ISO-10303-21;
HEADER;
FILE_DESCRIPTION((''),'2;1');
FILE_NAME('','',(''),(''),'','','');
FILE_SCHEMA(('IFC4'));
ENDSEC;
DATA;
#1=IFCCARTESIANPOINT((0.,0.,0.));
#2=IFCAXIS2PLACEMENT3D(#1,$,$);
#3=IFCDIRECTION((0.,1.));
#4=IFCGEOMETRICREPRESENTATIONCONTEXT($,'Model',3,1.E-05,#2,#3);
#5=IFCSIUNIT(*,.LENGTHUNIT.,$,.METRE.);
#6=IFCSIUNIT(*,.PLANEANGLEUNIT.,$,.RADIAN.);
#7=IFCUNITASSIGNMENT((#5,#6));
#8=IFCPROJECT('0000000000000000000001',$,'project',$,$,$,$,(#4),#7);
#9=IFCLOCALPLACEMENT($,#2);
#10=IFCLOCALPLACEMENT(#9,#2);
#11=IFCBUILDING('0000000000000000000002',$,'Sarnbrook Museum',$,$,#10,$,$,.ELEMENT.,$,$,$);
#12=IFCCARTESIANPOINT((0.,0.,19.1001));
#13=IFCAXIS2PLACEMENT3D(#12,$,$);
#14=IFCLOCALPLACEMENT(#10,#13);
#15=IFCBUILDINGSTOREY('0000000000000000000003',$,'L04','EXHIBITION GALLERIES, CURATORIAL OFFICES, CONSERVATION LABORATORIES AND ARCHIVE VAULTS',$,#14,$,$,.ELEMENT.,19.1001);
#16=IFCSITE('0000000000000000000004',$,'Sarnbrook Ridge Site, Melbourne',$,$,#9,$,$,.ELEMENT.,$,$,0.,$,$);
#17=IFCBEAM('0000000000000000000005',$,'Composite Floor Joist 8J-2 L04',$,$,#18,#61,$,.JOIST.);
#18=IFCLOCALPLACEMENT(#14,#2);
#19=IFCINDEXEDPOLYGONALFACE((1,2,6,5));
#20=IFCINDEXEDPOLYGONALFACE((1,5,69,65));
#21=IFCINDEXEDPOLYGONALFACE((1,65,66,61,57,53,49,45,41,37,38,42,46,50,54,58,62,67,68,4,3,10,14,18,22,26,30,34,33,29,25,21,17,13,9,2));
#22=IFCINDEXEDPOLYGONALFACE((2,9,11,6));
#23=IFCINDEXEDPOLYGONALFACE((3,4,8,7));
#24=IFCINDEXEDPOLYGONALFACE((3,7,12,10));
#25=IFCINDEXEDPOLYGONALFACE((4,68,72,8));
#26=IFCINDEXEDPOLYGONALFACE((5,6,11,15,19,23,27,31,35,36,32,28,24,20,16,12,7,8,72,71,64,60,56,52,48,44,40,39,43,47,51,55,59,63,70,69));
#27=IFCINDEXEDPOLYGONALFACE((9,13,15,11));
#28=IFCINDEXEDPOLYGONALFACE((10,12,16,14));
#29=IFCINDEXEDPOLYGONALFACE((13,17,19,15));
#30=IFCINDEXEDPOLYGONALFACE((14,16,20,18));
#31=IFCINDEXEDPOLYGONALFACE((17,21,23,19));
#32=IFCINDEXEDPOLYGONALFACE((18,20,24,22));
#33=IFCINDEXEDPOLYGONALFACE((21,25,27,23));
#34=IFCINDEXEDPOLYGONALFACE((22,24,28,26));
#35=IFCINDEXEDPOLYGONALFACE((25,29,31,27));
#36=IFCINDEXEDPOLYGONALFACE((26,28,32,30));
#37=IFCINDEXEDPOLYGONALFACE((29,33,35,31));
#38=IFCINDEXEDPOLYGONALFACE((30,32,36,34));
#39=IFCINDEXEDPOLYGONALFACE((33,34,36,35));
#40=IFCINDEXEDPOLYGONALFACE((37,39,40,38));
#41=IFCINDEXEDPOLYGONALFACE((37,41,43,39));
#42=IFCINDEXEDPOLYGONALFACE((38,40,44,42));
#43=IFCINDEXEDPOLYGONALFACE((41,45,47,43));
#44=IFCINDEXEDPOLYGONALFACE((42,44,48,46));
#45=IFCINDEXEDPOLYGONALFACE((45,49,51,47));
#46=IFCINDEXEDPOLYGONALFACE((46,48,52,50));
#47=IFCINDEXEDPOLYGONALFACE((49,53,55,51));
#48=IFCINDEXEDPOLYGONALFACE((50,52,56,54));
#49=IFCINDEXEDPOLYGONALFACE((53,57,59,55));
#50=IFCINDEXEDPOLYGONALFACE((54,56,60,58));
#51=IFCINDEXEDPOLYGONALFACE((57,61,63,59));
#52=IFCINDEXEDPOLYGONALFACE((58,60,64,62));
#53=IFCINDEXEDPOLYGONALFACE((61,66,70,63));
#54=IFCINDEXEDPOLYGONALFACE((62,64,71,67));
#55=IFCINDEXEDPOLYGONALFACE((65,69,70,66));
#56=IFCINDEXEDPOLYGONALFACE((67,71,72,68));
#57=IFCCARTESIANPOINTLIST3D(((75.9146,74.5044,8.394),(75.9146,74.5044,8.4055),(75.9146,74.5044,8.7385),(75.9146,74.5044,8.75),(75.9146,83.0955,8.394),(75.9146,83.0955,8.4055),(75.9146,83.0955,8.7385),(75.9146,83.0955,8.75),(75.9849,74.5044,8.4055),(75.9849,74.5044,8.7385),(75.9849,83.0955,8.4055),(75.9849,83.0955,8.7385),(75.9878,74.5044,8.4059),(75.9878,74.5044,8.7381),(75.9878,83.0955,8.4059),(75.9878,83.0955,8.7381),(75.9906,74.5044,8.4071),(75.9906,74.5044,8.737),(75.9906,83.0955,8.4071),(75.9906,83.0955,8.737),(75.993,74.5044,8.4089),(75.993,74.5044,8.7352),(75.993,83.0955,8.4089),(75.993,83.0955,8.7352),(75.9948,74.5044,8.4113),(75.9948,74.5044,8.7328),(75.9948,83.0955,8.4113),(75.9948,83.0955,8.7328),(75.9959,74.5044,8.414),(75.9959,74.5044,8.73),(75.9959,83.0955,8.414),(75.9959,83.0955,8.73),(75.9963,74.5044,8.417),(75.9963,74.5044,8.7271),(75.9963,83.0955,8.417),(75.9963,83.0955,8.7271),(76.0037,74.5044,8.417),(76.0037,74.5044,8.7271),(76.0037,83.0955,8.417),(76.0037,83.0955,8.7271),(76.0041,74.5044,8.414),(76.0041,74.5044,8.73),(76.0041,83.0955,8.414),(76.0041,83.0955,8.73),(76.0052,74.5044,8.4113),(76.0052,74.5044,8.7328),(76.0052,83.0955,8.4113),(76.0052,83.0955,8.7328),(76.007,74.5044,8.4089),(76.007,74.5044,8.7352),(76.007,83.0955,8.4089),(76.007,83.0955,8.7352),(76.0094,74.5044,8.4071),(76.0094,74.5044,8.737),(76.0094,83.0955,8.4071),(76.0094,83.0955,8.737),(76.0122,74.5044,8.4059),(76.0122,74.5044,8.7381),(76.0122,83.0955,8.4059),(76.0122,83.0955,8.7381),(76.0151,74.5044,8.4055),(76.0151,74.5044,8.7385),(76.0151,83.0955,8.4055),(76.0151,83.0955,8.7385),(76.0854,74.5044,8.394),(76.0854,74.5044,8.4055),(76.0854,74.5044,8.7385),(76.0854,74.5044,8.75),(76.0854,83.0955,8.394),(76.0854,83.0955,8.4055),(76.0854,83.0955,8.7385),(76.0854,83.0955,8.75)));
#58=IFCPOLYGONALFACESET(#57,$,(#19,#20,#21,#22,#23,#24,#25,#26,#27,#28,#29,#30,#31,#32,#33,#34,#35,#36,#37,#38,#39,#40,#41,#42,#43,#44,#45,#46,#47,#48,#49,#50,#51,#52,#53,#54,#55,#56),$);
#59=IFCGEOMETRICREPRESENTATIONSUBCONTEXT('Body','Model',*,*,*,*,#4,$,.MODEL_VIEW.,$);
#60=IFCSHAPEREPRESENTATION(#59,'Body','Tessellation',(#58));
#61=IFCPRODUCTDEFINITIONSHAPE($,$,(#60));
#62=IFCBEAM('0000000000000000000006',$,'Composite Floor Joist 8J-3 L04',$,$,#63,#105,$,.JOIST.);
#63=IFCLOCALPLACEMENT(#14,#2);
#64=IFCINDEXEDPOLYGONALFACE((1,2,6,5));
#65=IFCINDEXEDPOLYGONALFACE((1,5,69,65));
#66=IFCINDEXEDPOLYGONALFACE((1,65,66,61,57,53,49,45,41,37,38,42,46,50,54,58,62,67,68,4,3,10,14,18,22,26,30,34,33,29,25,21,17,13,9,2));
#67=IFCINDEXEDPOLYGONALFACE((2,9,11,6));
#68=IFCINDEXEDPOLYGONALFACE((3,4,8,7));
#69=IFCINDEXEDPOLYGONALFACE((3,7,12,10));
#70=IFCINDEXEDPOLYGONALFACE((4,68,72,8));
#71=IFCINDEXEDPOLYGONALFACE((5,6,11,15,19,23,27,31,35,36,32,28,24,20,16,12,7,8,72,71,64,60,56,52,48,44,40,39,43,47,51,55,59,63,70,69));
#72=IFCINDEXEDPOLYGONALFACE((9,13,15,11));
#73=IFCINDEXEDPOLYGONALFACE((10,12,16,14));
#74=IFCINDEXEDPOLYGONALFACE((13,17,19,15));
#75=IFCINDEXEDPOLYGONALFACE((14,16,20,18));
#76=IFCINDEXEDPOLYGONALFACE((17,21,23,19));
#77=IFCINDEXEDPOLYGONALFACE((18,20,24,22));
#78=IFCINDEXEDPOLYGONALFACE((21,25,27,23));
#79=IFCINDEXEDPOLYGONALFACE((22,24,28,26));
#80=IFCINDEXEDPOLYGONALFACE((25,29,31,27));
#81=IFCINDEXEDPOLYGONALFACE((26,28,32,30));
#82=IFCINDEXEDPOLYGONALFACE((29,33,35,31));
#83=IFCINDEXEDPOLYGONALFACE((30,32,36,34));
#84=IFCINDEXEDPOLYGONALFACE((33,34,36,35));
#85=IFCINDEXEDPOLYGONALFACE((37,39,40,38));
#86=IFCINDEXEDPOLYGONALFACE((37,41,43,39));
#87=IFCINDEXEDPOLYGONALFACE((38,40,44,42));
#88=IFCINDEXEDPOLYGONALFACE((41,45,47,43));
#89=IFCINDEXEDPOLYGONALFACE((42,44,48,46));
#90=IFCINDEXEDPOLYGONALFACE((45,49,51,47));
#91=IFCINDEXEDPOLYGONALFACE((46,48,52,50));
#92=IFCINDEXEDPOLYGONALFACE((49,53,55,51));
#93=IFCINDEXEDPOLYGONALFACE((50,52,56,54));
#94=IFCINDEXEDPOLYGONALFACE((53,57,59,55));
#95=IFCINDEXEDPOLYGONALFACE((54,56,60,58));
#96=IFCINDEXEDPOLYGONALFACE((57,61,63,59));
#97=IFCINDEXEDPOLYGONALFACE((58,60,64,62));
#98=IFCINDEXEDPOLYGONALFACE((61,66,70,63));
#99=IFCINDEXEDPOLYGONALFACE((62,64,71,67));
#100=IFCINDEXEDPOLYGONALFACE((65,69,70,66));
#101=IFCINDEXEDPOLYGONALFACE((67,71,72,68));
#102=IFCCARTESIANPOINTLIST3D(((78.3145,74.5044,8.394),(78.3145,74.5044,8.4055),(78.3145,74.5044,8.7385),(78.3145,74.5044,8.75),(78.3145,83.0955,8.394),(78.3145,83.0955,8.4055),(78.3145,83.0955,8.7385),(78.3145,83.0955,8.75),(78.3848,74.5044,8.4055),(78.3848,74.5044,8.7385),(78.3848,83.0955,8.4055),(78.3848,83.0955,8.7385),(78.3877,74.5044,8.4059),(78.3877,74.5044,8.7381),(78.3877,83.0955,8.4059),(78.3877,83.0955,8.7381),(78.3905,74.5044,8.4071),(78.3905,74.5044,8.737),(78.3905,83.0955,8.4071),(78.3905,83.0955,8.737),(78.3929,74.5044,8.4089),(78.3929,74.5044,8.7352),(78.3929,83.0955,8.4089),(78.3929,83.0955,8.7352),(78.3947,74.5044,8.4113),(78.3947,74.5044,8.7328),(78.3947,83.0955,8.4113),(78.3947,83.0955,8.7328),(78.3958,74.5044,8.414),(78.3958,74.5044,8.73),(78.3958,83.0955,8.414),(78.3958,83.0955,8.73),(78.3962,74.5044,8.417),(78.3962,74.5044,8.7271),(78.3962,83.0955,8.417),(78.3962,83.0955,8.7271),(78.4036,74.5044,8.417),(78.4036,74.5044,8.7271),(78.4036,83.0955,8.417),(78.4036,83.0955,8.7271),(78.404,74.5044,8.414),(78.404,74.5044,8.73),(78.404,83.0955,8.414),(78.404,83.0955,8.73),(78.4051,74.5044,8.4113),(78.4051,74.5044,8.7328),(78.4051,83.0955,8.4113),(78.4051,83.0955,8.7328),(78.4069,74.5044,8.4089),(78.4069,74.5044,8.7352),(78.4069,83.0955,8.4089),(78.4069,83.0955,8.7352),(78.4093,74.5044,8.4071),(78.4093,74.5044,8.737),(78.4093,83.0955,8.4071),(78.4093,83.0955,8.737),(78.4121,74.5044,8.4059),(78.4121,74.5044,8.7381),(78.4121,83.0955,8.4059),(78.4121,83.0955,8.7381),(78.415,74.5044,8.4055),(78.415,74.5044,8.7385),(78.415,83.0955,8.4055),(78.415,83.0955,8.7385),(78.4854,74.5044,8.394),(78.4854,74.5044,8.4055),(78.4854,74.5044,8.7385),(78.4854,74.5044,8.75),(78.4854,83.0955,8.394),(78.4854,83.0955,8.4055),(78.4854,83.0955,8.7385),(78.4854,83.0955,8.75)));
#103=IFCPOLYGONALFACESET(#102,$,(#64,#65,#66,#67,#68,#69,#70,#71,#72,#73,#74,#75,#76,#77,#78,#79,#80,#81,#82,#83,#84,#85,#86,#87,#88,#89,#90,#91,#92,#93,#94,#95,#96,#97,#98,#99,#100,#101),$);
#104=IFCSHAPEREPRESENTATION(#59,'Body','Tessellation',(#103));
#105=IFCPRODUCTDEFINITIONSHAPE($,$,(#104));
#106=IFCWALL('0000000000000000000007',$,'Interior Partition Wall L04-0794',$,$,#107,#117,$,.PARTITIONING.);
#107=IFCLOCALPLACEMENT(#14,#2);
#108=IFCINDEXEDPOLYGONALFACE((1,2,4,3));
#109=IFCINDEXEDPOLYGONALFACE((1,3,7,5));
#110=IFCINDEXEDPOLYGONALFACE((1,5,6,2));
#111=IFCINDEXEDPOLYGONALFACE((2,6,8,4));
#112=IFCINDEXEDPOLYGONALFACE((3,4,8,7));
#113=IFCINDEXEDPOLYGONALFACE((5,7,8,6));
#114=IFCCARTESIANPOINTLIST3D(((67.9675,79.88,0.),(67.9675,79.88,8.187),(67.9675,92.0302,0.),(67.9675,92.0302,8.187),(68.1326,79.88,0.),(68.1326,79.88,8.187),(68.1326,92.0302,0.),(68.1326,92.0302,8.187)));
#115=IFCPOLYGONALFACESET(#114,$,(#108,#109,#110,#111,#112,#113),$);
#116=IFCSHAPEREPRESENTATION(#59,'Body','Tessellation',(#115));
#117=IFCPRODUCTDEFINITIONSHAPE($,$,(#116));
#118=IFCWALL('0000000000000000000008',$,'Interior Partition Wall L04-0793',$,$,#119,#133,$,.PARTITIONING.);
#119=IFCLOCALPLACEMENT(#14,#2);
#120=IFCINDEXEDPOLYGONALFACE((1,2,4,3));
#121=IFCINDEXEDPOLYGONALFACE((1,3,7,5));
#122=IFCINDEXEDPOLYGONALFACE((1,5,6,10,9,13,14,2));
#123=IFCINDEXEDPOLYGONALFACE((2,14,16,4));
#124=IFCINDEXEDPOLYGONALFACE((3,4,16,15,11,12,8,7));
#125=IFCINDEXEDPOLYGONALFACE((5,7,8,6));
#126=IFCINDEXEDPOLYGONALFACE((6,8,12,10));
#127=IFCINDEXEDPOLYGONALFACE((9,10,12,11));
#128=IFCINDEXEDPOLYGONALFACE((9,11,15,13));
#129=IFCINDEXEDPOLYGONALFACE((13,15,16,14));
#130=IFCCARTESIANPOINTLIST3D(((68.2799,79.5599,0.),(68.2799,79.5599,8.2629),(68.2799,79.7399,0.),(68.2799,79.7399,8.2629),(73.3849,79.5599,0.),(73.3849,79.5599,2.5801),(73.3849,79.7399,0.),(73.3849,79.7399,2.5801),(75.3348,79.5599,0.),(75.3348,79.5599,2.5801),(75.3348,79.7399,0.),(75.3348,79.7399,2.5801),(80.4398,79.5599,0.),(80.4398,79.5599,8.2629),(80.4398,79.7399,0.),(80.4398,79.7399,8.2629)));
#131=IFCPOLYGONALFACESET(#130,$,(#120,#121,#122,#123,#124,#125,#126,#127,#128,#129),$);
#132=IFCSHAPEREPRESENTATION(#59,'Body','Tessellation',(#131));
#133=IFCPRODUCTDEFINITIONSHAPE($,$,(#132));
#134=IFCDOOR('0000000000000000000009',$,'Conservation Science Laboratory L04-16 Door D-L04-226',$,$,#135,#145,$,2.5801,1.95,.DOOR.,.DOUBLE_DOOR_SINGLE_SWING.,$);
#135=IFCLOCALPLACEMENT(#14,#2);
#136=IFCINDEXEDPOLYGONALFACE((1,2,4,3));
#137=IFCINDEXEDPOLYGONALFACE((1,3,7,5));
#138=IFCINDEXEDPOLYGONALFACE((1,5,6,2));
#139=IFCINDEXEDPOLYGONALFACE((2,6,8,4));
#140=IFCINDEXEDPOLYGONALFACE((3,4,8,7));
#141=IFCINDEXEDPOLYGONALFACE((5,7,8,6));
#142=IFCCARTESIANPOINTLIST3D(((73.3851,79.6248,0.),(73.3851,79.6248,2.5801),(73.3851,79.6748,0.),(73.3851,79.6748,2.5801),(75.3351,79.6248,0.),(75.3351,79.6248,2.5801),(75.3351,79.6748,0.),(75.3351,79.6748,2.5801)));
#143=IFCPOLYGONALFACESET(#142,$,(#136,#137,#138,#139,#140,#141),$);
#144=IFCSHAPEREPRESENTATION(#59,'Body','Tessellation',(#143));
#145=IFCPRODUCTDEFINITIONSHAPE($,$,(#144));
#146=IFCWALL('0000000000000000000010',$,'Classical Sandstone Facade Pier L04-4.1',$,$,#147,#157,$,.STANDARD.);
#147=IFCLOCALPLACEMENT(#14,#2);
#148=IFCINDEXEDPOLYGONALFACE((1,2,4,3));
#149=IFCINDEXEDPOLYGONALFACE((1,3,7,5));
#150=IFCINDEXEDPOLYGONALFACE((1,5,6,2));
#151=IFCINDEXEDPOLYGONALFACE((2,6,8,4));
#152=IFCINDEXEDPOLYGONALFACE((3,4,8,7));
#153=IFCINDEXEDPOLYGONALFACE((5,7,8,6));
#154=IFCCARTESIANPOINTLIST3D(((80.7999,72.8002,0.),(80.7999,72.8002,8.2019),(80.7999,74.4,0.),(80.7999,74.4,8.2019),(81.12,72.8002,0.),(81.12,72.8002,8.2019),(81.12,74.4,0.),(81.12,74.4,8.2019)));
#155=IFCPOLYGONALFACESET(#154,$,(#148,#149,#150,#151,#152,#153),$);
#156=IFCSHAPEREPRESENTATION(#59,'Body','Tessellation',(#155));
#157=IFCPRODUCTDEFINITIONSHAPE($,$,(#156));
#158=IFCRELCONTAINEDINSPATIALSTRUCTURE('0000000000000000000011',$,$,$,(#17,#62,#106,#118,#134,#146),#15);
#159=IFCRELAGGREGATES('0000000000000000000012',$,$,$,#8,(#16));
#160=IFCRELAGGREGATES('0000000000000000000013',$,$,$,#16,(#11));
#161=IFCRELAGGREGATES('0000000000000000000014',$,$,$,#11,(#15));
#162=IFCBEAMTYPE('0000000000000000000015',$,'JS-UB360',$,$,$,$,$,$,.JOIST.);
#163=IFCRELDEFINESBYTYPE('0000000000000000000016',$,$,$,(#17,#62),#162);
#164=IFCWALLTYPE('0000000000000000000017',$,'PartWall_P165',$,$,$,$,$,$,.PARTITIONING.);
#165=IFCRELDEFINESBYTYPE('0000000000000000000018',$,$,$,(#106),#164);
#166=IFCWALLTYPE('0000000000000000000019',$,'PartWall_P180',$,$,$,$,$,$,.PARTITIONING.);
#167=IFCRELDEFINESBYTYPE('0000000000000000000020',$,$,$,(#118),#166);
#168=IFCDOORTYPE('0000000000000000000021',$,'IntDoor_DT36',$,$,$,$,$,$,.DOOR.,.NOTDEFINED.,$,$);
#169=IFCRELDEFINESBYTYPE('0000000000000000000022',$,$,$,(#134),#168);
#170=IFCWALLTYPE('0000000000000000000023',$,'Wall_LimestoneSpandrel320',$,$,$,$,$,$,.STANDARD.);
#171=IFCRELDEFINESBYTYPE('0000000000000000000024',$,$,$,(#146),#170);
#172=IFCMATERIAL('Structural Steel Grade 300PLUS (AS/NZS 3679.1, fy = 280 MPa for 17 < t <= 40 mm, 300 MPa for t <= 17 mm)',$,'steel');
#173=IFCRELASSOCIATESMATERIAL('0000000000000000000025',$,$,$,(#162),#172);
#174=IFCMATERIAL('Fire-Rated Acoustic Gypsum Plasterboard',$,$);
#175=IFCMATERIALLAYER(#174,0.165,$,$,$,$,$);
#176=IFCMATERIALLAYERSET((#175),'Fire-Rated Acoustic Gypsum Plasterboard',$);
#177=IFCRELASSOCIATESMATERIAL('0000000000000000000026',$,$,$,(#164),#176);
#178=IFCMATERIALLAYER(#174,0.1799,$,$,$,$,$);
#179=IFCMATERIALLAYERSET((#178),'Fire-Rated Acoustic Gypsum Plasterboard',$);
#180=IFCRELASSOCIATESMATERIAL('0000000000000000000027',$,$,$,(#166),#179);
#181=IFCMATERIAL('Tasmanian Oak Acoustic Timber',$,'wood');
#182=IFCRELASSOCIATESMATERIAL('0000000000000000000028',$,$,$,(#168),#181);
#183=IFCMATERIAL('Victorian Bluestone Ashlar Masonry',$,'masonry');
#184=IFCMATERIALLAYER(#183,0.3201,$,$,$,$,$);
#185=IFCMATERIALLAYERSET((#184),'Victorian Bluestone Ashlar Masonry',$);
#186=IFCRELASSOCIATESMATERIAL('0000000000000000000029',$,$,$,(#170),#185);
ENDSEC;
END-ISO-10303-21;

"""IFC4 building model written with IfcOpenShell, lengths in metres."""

from ifc_helpers import new_model, si_unit, direction, frame, frame_2d, origin, origin_2d, place, context, subcontext, project, spatial, rectangle, i_section, extrude, material, layer, layer_set, material_profile, profile_set, type_object, element, fill, save


model = new_model("IFC4")

# Units and contexts
model_context = context("Model", 3, precision=1e-05, world=origin(), true_north=direction((0.0, 1.0)))
body_context = subcontext(model_context, "Body", "Model", "MODEL_VIEW")
ifc_project = project(units=[si_unit("LENGTHUNIT", "METRE"), si_unit("PLANEANGLEUNIT", "RADIAN")], contexts=[model_context])

# Site, building, storey
site_placement = place(None, origin())
site = spatial("IfcSite", under=ifc_project, at=site_placement, Name="Sarnbrook Ridge Site, Melbourne", CompositionType="ELEMENT", RefElevation=0.0)
building_placement = place(site_placement, origin())
building = spatial("IfcBuilding", under=site, at=building_placement, Name="Sarnbrook Museum", CompositionType="ELEMENT")
storey_placement = place(building_placement, frame((0.0, 0.0, 19.1001)))
storey = spatial("IfcBuildingStorey", under=building, at=storey_placement, Name="L04", Description="EXHIBITION GALLERIES, CURATORIAL OFFICES, CONSERVATION LABORATORIES AND ARCHIVE VAULTS", CompositionType="ELEMENT", Elevation=19.1001)

# Shared definitions
ifc_material_1 = material(Name="Structural Steel Grade 300PLUS (AS/NZS 3679.1, fy = 280 MPa for 17 < t <= 40 mm, 300 MPa for t <= 17 mm)", Category="steel")

# Beams
ifc_material_profile_1 = material_profile(ifc_material_1, i_section(OverallWidth=0.1709, OverallDepth=0.356, WebThickness=0.0073, FlangeThickness=0.0115, FilletRadius=0.0115, at=origin_2d()), Name="360UB50.7")
ifc_profile_set_1 = profile_set([ifc_material_profile_1], Name="Structural Steel Grade 300PLUS (AS/NZS 3679.1, fy = 280 MPa for 17 < t <= 40 mm, 300 MPa for t <= 17 mm)")
beam_type_1 = type_object("IfcBeamType", Name="JS-UB360", PredefinedType="JOIST", material=ifc_profile_set_1)
for number, where, z_axis, x_axis, name in (
    (1, (76.0, 74.5044, 8.572), (0.0, 1.0, 0.0), (-1.0, 0.0, 0.0), "Composite Floor Joist 8J-2 L04"),
    (2, (78.3999, 74.5044, 8.572), (0.0, 1.0, 0.0), (-1.0, 0.0, 0.0), "Composite Floor Joist 8J-3 L04"),
):
    element("IfcBeam", number, at=place(storey_placement, frame(where, z_axis=z_axis, x_axis=x_axis)), inside=storey, type_object=beam_type_1, Name=name, PredefinedType="JOIST", context=body_context, shape_type="SweptSolid", body=[
        extrude(i_section(OverallWidth=0.1709, OverallDepth=0.356, WebThickness=0.0073, FlangeThickness=0.0115, FilletRadius=0.0115, at=origin_2d()), origin(), (0.0, 0.0, 1.0), 8.5911),
    ])

# Wall
ifc_material_2 = material(Name="Fire-Rated Acoustic Gypsum Plasterboard")
ifc_layer_1 = layer(ifc_material_2, 0.165)
ifc_layer_set_1 = layer_set([ifc_layer_1], Name="Fire-Rated Acoustic Gypsum Plasterboard")
wall_type_1 = type_object("IfcWallType", Name="PartWall_P165", PredefinedType="PARTITIONING", material=ifc_layer_set_1)
wall_1_placement = place(storey_placement, frame((68.05, 79.8799, 0.0), z_axis=(0.0, 0.0, 1.0), x_axis=(0.0, 1.0, 0.0)))
element("IfcWall", 3, at=wall_1_placement, inside=storey, type_object=wall_type_1, Name="Interior Partition Wall L04-0794", PredefinedType="PARTITIONING", context=body_context, shape_type="SweptSolid", body=[
    extrude(rectangle(XDim=12.1501, YDim=0.165, at=frame_2d((6.0752, 0.0))), origin(), (0.0, 0.0, 1.0), 8.187),
])

# Wall, opening, door
ifc_layer_2 = layer(ifc_material_2, 0.1799)
ifc_layer_set_2 = layer_set([ifc_layer_2], Name="Fire-Rated Acoustic Gypsum Plasterboard")
wall_type_2 = type_object("IfcWallType", Name="PartWall_P180", PredefinedType="PARTITIONING", material=ifc_layer_set_2)
wall_2_placement = place(storey_placement, frame((80.4399, 79.6499, 0.0), z_axis=(0.0, 0.0, 1.0), x_axis=(-1.0, 0.0, 0.0)))
wall_2 = element("IfcWall", 4, at=wall_2_placement, inside=storey, type_object=wall_type_2, Name="Interior Partition Wall L04-0793", PredefinedType="PARTITIONING", context=body_context, shape_type="SweptSolid", body=[
    extrude(rectangle(XDim=12.1599, YDim=0.1799, at=frame_2d((6.0801, 0.0))), origin(), (0.0, 0.0, 1.0), 8.2629),
])
opening_placement = place(wall_2_placement, frame((5.105, 0.0, 0.0)))
opening = element("IfcOpeningElement", 5, at=opening_placement, cuts=wall_2, PredefinedType="OPENING", context=body_context, shape_type="SweptSolid", body=[
    extrude(rectangle(XDim=1.95, YDim=2.5801, at=frame_2d((0.9751, 1.29))), frame((0.0, 0.1001, 0.0), z_axis=(0.0, -1.0, 0.0), x_axis=(1.0, 0.0, 0.0)), (0.0, 0.0, 1.0), 0.2),
])
ifc_material_3 = material(Name="Tasmanian Oak Acoustic Timber", Category="wood")
door_type = type_object("IfcDoorType", Name="IntDoor_DT36", OperationType="NOTDEFINED", PredefinedType="DOOR", material=ifc_material_3)
door_placement = place(opening_placement, frame((1.95, 0.0, 0.0), z_axis=(0.0, 0.0, 1.0), x_axis=(-1.0, 0.0, 0.0)))
door = element("IfcDoor", 6, at=door_placement, inside=storey, type_object=door_type, Name="Conservation Science Laboratory L04-16 Door D-L04-226", OperationType="DOUBLE_DOOR_SINGLE_SWING", OverallHeight=2.5801, OverallWidth=1.95, PredefinedType="DOOR", context=body_context, shape_type="SweptSolid", body=[
    extrude(rectangle(XDim=1.95, YDim=2.5801, at=frame_2d((0.9751, 1.29))), frame((0.0, 0.0249, 0.0), z_axis=(0.0, -1.0, 0.0), x_axis=(1.0, 0.0, 0.0)), (0.0, 0.0, 1.0), 0.05),
])
fill(opening, door)

# Wall
ifc_material_4 = material(Name="Victorian Bluestone Ashlar Masonry", Category="masonry")
ifc_layer_3 = layer(ifc_material_4, 0.3201)
ifc_layer_set_3 = layer_set([ifc_layer_3], Name="Victorian Bluestone Ashlar Masonry")
wall_type_3 = type_object("IfcWallType", Name="Wall_LimestoneSpandrel320", PredefinedType="STANDARD", material=ifc_layer_set_3)
wall_3_placement = place(storey_placement, frame((80.96, 74.3999, 0.0), z_axis=(0.0, 0.0, 1.0), x_axis=(0.0, -1.0, 0.0)))
element("IfcWall", 7, at=wall_3_placement, inside=storey, type_object=wall_type_3, Name="Classical Sandstone Facade Pier L04-4.1", PredefinedType="STANDARD", context=body_context, shape_type="SweptSolid", body=[
    extrude(rectangle(XDim=1.5999, YDim=0.3201, at=frame_2d((0.7998, 0.0))), origin(), (0.0, 0.0, 1.0), 8.2019),
])

save(model, "model.ifc")
